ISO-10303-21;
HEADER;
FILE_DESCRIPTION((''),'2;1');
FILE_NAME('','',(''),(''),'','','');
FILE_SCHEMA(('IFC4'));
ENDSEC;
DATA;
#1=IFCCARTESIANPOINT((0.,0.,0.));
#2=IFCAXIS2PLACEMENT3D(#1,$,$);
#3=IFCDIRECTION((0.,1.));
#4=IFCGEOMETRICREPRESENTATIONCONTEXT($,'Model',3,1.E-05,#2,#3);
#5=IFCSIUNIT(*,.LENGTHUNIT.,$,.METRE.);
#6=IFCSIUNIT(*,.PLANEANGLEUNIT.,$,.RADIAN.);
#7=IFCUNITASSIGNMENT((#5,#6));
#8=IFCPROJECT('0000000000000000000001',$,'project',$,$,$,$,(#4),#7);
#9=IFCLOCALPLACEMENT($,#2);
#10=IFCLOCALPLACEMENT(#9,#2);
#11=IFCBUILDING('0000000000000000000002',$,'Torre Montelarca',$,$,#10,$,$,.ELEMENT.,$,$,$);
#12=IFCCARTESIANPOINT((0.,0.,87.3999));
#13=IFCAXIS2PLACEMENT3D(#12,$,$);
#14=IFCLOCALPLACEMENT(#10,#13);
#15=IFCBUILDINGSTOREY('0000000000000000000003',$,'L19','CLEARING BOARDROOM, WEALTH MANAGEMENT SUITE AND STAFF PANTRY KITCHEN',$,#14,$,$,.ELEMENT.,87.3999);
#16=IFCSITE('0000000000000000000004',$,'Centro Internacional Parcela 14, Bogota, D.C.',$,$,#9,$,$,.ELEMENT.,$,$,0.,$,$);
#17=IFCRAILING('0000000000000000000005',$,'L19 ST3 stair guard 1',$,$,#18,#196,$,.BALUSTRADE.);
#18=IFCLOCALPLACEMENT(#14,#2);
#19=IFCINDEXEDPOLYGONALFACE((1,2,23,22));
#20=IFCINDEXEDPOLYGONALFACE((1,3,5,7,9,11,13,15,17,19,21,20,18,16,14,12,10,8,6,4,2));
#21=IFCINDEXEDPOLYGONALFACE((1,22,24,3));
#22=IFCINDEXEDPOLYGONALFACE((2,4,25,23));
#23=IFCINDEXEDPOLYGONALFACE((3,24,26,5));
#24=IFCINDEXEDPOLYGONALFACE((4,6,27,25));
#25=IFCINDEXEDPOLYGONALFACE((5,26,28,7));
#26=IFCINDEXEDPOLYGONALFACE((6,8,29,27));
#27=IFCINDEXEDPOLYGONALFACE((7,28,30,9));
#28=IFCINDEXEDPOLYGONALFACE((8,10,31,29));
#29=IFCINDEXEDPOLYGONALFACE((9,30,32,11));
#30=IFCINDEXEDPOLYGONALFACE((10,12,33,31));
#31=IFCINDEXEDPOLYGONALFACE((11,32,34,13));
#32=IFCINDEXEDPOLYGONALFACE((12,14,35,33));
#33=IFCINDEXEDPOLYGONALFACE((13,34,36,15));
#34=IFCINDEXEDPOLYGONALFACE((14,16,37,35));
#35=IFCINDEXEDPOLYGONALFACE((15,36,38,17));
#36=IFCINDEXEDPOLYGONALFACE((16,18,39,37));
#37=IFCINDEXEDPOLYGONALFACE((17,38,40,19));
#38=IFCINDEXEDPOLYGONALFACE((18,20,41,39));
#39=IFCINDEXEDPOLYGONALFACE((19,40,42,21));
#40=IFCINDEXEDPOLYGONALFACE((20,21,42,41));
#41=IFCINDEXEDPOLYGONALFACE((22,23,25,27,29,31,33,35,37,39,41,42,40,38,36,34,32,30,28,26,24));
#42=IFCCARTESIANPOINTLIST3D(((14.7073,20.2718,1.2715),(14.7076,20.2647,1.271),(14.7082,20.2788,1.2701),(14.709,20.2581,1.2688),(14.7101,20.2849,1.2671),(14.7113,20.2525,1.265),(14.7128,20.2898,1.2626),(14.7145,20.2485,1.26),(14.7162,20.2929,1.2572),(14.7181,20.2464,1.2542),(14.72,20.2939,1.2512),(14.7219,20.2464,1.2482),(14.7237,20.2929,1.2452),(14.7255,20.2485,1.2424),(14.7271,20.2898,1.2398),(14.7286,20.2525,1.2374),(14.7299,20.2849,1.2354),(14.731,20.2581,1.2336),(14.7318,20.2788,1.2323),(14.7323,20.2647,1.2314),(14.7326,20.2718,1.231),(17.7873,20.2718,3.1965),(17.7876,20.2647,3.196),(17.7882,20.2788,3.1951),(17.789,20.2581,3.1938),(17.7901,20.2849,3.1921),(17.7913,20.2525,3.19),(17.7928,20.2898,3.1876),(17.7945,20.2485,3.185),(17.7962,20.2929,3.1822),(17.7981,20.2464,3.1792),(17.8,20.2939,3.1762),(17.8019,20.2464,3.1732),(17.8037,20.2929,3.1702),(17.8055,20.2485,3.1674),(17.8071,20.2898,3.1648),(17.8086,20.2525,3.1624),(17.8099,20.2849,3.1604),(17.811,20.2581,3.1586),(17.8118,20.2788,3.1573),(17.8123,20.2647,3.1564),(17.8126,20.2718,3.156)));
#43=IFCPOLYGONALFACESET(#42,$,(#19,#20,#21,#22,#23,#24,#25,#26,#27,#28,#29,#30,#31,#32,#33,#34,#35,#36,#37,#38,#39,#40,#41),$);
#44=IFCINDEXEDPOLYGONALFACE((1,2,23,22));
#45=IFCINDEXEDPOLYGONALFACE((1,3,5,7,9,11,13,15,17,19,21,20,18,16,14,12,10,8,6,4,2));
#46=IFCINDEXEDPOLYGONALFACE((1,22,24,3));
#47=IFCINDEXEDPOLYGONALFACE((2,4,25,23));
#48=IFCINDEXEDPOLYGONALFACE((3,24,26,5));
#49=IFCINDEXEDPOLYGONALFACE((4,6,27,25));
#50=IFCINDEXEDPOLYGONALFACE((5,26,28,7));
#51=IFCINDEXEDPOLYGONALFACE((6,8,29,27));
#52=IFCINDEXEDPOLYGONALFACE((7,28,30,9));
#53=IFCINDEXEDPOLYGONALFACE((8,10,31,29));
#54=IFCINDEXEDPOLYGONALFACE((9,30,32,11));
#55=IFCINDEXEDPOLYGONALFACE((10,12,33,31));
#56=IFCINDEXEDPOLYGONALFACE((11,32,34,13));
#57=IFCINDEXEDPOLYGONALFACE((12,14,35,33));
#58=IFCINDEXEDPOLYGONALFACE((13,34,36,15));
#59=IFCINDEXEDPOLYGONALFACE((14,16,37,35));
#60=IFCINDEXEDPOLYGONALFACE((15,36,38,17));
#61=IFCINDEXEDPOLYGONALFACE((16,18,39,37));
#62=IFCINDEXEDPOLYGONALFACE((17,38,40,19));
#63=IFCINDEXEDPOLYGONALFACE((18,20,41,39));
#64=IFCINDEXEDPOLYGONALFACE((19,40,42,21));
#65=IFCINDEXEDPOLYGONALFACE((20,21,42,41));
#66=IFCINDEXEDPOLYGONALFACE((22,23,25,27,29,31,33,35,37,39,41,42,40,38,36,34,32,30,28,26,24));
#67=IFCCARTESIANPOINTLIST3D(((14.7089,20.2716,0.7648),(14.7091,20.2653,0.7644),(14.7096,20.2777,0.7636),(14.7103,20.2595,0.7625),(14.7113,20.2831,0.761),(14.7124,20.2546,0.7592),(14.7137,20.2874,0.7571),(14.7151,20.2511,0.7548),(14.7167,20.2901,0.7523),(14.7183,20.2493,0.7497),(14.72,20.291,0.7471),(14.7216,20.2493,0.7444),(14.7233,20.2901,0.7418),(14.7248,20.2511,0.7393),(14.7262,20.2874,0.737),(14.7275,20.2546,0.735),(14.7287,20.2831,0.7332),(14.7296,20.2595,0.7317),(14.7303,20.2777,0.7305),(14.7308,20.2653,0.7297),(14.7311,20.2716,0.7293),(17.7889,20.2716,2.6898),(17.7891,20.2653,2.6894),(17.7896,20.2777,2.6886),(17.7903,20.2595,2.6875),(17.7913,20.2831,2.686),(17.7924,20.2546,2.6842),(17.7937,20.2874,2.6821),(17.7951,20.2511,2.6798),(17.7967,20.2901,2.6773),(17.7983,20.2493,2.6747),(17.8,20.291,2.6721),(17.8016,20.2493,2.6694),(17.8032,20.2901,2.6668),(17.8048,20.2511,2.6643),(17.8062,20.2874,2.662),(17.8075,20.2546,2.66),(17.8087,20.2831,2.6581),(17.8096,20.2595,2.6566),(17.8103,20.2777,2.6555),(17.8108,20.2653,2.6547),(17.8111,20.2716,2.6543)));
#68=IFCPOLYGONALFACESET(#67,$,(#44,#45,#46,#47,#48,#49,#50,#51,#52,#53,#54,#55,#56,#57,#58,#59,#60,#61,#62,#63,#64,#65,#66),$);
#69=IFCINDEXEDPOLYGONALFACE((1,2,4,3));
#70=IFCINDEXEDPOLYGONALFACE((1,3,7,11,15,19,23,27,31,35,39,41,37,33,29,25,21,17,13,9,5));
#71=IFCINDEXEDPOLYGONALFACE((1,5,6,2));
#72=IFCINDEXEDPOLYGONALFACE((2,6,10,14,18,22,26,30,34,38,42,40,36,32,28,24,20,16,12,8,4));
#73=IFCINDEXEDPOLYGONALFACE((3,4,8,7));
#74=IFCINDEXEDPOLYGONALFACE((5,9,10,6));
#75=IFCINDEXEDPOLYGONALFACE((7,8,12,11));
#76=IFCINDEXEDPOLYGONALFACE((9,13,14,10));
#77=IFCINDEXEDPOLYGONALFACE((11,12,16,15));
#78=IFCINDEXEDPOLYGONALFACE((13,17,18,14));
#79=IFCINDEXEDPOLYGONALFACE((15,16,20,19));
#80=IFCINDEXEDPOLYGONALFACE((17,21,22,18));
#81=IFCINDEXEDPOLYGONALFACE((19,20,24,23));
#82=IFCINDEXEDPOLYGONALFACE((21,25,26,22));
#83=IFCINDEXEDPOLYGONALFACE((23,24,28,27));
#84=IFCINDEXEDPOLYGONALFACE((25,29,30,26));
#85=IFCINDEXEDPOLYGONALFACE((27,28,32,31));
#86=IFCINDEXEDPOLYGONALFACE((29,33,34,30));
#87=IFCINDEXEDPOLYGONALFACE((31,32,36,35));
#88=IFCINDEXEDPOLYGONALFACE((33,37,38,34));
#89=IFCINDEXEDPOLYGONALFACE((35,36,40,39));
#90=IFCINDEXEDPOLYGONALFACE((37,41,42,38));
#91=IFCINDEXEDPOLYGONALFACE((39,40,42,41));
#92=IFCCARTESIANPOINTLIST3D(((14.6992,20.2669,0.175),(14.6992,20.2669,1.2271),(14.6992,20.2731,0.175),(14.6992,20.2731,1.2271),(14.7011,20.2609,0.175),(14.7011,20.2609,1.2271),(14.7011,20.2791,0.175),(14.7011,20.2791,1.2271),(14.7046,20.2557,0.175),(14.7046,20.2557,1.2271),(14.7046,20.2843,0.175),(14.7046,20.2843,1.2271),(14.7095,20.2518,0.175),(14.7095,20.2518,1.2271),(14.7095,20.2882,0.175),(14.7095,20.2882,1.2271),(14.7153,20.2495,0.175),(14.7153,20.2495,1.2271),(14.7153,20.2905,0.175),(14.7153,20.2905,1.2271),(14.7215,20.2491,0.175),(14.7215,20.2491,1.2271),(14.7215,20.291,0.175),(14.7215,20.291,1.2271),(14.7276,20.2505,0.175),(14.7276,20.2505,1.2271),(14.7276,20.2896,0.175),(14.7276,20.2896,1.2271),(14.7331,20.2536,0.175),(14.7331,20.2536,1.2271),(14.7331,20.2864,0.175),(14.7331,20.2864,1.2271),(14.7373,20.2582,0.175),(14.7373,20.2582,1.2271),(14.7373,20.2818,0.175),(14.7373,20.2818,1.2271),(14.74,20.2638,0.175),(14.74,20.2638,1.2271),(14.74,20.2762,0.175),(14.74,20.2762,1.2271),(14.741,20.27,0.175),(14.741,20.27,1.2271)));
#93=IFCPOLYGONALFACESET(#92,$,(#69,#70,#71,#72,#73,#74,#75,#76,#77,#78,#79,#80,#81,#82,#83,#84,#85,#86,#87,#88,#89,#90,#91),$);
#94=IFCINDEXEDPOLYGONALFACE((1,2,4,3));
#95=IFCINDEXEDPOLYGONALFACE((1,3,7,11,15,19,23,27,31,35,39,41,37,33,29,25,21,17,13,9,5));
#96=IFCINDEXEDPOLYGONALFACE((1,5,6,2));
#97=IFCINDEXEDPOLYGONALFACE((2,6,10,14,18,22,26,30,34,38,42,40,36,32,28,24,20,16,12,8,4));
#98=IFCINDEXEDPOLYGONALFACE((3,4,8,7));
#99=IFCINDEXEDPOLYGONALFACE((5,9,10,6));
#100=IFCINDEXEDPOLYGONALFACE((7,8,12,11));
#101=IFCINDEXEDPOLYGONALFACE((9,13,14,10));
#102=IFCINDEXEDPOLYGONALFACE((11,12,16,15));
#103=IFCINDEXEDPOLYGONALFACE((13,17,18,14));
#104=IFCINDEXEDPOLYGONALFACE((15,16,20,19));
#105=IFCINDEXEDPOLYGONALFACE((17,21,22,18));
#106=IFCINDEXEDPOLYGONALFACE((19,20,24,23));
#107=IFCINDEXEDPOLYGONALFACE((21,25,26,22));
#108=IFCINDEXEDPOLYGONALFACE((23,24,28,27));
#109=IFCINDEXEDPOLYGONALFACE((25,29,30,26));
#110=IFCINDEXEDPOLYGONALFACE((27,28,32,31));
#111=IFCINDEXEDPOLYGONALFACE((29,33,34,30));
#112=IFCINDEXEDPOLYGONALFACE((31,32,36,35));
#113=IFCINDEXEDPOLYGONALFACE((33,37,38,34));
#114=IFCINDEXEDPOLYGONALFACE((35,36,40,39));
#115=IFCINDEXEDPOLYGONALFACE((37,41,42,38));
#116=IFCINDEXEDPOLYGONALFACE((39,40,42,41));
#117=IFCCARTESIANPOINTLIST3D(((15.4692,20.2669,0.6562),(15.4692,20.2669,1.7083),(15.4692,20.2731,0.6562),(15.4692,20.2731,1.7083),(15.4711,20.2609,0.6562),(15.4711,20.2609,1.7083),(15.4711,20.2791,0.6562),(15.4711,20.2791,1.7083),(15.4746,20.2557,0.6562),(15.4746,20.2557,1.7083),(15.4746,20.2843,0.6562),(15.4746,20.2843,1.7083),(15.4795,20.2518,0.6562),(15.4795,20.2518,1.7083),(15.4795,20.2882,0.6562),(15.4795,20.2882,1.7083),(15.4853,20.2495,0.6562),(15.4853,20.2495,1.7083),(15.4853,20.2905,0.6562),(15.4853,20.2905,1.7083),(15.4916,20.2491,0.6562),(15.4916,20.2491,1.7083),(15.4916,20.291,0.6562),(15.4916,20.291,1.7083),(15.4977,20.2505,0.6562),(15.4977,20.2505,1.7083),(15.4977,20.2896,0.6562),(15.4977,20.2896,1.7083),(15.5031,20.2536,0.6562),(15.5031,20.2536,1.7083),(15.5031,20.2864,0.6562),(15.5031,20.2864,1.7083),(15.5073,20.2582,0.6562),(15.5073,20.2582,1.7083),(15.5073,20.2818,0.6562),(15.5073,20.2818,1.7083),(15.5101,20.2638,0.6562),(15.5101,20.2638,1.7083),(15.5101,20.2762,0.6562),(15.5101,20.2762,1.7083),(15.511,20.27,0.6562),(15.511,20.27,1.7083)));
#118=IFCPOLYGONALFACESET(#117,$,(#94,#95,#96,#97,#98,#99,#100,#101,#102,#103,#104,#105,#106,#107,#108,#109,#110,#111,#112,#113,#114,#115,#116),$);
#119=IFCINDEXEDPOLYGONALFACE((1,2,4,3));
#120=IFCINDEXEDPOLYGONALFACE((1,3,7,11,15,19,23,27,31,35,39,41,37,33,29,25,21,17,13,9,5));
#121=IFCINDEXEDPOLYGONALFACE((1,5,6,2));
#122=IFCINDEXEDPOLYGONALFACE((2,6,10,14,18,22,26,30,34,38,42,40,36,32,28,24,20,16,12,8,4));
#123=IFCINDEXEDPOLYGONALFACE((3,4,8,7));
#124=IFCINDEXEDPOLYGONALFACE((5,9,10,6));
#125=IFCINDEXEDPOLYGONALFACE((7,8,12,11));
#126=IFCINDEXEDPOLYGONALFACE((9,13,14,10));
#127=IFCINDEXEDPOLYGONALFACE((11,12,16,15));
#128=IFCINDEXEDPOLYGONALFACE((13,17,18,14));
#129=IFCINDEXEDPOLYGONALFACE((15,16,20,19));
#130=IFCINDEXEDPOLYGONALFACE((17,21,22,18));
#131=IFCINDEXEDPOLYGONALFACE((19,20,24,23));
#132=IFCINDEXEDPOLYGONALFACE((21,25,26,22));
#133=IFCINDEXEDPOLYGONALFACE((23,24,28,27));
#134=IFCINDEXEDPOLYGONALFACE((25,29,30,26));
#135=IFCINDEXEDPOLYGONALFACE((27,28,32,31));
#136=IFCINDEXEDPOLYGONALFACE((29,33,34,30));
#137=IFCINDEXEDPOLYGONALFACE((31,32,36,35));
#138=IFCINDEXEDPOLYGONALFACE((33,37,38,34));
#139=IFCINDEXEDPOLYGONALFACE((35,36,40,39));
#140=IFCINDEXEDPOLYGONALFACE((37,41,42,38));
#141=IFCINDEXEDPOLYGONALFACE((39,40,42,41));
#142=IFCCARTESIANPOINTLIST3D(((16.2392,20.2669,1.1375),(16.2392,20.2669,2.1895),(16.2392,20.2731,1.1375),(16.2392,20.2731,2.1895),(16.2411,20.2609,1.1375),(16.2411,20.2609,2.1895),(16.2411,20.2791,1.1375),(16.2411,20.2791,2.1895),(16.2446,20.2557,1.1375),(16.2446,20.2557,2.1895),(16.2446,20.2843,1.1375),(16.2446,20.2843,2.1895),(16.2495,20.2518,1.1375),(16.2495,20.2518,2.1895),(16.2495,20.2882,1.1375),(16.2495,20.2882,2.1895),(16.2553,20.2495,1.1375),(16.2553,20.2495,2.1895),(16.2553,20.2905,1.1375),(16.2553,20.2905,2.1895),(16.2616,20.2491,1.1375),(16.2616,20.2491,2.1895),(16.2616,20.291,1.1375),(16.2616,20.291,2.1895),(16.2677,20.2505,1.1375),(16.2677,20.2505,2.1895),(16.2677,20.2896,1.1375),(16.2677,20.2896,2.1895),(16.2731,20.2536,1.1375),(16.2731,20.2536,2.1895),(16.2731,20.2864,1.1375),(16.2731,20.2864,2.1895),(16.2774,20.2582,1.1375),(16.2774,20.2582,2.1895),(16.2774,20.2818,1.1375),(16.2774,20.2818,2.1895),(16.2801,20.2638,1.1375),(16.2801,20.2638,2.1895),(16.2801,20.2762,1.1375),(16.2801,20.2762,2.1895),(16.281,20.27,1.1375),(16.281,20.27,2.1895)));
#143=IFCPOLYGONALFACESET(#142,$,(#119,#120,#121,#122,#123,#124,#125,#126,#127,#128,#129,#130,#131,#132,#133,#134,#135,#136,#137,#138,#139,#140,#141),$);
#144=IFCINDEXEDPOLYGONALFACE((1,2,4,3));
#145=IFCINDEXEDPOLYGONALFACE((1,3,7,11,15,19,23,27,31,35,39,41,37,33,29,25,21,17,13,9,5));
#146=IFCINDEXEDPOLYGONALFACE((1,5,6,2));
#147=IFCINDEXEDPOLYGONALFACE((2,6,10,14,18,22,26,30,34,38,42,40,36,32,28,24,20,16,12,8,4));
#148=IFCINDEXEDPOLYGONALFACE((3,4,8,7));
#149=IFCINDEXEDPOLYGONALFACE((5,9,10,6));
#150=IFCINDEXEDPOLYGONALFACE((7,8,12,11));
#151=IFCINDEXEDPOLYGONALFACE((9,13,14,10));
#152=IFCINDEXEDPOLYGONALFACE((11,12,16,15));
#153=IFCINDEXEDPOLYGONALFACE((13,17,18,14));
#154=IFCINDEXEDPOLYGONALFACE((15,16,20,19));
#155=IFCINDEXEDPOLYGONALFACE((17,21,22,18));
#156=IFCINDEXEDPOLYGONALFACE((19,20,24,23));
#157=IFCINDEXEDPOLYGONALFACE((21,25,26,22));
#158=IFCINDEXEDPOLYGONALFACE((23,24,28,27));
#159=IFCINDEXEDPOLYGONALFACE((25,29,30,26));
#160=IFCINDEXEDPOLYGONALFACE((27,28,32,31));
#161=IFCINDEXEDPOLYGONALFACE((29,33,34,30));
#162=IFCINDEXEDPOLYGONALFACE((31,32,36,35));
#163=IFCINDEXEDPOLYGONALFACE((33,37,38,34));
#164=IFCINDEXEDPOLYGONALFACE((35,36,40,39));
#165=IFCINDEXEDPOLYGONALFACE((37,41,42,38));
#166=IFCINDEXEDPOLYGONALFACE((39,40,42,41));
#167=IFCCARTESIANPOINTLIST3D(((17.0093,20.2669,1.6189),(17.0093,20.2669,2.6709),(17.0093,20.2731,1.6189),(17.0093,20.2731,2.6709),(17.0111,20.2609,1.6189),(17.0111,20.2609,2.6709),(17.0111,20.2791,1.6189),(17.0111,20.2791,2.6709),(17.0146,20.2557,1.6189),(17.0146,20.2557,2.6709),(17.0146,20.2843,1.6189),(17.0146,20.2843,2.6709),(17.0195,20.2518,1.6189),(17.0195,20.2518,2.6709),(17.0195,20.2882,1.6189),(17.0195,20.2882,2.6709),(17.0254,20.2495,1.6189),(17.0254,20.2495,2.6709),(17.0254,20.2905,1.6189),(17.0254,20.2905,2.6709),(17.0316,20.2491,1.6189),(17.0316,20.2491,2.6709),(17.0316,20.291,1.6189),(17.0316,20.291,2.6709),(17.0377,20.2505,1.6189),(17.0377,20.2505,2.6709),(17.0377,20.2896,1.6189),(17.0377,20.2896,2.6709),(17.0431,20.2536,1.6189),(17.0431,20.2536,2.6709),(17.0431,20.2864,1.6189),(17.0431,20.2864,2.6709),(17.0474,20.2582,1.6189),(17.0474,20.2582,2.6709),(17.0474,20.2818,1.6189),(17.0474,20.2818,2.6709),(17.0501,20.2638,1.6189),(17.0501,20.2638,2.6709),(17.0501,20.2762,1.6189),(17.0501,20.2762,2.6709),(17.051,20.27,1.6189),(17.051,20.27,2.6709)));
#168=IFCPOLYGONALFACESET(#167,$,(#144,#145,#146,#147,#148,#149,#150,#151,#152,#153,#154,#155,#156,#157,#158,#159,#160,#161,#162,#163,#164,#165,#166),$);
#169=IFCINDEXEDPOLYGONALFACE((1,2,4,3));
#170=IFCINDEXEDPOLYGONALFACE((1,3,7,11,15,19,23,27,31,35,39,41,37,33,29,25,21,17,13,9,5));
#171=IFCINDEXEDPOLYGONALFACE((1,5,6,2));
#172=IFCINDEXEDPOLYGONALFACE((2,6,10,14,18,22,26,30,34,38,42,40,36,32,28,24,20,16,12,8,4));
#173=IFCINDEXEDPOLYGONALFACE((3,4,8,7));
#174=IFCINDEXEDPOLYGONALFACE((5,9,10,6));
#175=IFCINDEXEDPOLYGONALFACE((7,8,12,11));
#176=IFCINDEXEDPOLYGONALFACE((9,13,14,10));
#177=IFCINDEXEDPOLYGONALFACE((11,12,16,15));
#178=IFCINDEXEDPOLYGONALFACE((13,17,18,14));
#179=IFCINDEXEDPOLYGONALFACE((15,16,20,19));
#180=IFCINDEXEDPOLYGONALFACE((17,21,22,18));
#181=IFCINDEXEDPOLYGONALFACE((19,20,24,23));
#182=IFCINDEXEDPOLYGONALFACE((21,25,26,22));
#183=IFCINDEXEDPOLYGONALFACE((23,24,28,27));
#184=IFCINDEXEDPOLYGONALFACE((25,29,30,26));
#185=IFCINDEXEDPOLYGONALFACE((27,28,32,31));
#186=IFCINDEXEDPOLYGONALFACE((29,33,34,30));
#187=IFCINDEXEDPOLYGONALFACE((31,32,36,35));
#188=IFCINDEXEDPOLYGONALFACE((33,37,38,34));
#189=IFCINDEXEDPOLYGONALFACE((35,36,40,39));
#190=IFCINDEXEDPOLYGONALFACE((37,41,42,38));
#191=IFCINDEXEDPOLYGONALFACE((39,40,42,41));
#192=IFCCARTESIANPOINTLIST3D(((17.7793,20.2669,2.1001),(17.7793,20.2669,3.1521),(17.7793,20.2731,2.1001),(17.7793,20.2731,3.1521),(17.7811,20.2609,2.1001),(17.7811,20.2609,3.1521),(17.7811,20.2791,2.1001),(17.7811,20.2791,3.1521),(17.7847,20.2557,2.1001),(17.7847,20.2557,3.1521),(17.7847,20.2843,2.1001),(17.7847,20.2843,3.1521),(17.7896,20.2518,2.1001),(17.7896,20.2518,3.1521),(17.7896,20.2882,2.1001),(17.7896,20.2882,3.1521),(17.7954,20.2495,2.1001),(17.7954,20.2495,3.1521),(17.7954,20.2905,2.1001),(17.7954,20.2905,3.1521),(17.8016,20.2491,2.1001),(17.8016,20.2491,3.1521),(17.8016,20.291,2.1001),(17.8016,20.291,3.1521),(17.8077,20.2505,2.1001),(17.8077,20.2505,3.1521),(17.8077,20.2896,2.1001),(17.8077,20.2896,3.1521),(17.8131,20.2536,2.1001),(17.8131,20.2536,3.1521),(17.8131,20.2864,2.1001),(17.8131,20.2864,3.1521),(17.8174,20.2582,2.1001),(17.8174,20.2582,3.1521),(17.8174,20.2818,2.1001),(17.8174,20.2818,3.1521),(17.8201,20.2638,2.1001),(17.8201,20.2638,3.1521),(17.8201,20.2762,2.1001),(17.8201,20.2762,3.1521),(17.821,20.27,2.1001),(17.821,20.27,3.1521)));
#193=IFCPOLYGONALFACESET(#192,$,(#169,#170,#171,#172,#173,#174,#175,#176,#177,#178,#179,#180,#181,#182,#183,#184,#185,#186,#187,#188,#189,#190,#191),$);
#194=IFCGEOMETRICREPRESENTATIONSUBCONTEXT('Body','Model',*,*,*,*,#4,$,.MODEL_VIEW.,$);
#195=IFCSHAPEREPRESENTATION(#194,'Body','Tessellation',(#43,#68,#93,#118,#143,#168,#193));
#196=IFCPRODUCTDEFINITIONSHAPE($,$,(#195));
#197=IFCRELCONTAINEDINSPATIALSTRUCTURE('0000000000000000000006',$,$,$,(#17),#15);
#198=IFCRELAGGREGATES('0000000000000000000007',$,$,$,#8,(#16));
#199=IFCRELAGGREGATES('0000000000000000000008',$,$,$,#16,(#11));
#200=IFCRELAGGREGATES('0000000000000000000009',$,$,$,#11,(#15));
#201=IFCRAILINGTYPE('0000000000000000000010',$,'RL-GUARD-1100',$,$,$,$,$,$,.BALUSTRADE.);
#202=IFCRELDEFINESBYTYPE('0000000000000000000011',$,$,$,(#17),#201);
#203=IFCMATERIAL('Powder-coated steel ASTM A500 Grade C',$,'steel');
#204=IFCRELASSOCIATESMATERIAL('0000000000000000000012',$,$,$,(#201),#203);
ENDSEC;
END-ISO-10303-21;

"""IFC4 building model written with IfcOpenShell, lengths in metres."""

from ifc_helpers import new_model, si_unit, direction, frame, origin, origin_2d, place, context, subcontext, project, spatial, circle, extrude, material, type_object, element, save


model = new_model("IFC4")

# Units and contexts
model_context = context("Model", 3, precision=1e-05, world=origin(), true_north=direction((0.0, 1.0)))
body_context = subcontext(model_context, "Body", "Model", "MODEL_VIEW")
ifc_project = project(units=[si_unit("LENGTHUNIT", "METRE"), si_unit("PLANEANGLEUNIT", "RADIAN")], contexts=[model_context])

# Site, building, storey
site_placement = place(None, origin())
site = spatial("IfcSite", under=ifc_project, at=site_placement, Name="Centro Internacional Parcela 14, Bogota, D.C.", CompositionType="ELEMENT", RefElevation=0.0)
building_placement = place(site_placement, origin())
building = spatial("IfcBuilding", under=site, at=building_placement, Name="Torre Montelarca", CompositionType="ELEMENT")
storey_placement = place(building_placement, frame((0.0, 0.0, 87.3999)))
storey = spatial("IfcBuildingStorey", under=building, at=storey_placement, Name="L19", Description="CLEARING BOARDROOM, WEALTH MANAGEMENT SUITE AND STAFF PANTRY KITCHEN", CompositionType="ELEMENT", Elevation=87.3999)

# Railing
ifc_material_1 = material(Name="Powder-coated steel ASTM A500 Grade C", Category="steel")
railing_type_1 = type_object("IfcRailingType", Name="RL-GUARD-1100", PredefinedType="BALUSTRADE", material=ifc_material_1)
railing_1_placement = place(storey_placement, frame((14.72, 20.27, 0.175)))
element("IfcRailing", 1, at=railing_1_placement, inside=storey, type_object=railing_type_1, Name="L19 ST3 stair guard 1", PredefinedType="BALUSTRADE", context=body_context, shape_type="SweptSolid", body=[
    extrude(circle(Radius=0.0239, at=origin_2d()), frame((0.0, 0.0, 1.0762), z_axis=(0.847998, 0.0, 0.529999), x_axis=(0.0, 1.0, 0.0)), (0.0, 0.0, 1.0), 3.6321),
    extrude(circle(Radius=0.021, at=origin_2d()), frame((0.0, 0.0, 0.572), z_axis=(0.847998, 0.0, 0.529999), x_axis=(0.0, 1.0, 0.0)), (0.0, 0.0, 1.0), 3.6321),
    extrude(circle(Radius=0.021, at=origin_2d()), origin(), (0.0, 0.0, 1.0), 1.052),
    extrude(circle(Radius=0.021, at=origin_2d()), frame((0.77, 0.0, 0.4812)), (0.0, 0.0, 1.0), 1.052),
    extrude(circle(Radius=0.021, at=origin_2d()), frame((1.54, 0.0, 0.9624)), (0.0, 0.0, 1.0), 1.052),
    extrude(circle(Radius=0.021, at=origin_2d()), frame((2.3101, 0.0, 1.4438)), (0.0, 0.0, 1.0), 1.052),
    extrude(circle(Radius=0.021, at=origin_2d()), frame((3.0801, 0.0, 1.925)), (0.0, 0.0, 1.0), 1.052),
])

save(model, "model.ifc")
